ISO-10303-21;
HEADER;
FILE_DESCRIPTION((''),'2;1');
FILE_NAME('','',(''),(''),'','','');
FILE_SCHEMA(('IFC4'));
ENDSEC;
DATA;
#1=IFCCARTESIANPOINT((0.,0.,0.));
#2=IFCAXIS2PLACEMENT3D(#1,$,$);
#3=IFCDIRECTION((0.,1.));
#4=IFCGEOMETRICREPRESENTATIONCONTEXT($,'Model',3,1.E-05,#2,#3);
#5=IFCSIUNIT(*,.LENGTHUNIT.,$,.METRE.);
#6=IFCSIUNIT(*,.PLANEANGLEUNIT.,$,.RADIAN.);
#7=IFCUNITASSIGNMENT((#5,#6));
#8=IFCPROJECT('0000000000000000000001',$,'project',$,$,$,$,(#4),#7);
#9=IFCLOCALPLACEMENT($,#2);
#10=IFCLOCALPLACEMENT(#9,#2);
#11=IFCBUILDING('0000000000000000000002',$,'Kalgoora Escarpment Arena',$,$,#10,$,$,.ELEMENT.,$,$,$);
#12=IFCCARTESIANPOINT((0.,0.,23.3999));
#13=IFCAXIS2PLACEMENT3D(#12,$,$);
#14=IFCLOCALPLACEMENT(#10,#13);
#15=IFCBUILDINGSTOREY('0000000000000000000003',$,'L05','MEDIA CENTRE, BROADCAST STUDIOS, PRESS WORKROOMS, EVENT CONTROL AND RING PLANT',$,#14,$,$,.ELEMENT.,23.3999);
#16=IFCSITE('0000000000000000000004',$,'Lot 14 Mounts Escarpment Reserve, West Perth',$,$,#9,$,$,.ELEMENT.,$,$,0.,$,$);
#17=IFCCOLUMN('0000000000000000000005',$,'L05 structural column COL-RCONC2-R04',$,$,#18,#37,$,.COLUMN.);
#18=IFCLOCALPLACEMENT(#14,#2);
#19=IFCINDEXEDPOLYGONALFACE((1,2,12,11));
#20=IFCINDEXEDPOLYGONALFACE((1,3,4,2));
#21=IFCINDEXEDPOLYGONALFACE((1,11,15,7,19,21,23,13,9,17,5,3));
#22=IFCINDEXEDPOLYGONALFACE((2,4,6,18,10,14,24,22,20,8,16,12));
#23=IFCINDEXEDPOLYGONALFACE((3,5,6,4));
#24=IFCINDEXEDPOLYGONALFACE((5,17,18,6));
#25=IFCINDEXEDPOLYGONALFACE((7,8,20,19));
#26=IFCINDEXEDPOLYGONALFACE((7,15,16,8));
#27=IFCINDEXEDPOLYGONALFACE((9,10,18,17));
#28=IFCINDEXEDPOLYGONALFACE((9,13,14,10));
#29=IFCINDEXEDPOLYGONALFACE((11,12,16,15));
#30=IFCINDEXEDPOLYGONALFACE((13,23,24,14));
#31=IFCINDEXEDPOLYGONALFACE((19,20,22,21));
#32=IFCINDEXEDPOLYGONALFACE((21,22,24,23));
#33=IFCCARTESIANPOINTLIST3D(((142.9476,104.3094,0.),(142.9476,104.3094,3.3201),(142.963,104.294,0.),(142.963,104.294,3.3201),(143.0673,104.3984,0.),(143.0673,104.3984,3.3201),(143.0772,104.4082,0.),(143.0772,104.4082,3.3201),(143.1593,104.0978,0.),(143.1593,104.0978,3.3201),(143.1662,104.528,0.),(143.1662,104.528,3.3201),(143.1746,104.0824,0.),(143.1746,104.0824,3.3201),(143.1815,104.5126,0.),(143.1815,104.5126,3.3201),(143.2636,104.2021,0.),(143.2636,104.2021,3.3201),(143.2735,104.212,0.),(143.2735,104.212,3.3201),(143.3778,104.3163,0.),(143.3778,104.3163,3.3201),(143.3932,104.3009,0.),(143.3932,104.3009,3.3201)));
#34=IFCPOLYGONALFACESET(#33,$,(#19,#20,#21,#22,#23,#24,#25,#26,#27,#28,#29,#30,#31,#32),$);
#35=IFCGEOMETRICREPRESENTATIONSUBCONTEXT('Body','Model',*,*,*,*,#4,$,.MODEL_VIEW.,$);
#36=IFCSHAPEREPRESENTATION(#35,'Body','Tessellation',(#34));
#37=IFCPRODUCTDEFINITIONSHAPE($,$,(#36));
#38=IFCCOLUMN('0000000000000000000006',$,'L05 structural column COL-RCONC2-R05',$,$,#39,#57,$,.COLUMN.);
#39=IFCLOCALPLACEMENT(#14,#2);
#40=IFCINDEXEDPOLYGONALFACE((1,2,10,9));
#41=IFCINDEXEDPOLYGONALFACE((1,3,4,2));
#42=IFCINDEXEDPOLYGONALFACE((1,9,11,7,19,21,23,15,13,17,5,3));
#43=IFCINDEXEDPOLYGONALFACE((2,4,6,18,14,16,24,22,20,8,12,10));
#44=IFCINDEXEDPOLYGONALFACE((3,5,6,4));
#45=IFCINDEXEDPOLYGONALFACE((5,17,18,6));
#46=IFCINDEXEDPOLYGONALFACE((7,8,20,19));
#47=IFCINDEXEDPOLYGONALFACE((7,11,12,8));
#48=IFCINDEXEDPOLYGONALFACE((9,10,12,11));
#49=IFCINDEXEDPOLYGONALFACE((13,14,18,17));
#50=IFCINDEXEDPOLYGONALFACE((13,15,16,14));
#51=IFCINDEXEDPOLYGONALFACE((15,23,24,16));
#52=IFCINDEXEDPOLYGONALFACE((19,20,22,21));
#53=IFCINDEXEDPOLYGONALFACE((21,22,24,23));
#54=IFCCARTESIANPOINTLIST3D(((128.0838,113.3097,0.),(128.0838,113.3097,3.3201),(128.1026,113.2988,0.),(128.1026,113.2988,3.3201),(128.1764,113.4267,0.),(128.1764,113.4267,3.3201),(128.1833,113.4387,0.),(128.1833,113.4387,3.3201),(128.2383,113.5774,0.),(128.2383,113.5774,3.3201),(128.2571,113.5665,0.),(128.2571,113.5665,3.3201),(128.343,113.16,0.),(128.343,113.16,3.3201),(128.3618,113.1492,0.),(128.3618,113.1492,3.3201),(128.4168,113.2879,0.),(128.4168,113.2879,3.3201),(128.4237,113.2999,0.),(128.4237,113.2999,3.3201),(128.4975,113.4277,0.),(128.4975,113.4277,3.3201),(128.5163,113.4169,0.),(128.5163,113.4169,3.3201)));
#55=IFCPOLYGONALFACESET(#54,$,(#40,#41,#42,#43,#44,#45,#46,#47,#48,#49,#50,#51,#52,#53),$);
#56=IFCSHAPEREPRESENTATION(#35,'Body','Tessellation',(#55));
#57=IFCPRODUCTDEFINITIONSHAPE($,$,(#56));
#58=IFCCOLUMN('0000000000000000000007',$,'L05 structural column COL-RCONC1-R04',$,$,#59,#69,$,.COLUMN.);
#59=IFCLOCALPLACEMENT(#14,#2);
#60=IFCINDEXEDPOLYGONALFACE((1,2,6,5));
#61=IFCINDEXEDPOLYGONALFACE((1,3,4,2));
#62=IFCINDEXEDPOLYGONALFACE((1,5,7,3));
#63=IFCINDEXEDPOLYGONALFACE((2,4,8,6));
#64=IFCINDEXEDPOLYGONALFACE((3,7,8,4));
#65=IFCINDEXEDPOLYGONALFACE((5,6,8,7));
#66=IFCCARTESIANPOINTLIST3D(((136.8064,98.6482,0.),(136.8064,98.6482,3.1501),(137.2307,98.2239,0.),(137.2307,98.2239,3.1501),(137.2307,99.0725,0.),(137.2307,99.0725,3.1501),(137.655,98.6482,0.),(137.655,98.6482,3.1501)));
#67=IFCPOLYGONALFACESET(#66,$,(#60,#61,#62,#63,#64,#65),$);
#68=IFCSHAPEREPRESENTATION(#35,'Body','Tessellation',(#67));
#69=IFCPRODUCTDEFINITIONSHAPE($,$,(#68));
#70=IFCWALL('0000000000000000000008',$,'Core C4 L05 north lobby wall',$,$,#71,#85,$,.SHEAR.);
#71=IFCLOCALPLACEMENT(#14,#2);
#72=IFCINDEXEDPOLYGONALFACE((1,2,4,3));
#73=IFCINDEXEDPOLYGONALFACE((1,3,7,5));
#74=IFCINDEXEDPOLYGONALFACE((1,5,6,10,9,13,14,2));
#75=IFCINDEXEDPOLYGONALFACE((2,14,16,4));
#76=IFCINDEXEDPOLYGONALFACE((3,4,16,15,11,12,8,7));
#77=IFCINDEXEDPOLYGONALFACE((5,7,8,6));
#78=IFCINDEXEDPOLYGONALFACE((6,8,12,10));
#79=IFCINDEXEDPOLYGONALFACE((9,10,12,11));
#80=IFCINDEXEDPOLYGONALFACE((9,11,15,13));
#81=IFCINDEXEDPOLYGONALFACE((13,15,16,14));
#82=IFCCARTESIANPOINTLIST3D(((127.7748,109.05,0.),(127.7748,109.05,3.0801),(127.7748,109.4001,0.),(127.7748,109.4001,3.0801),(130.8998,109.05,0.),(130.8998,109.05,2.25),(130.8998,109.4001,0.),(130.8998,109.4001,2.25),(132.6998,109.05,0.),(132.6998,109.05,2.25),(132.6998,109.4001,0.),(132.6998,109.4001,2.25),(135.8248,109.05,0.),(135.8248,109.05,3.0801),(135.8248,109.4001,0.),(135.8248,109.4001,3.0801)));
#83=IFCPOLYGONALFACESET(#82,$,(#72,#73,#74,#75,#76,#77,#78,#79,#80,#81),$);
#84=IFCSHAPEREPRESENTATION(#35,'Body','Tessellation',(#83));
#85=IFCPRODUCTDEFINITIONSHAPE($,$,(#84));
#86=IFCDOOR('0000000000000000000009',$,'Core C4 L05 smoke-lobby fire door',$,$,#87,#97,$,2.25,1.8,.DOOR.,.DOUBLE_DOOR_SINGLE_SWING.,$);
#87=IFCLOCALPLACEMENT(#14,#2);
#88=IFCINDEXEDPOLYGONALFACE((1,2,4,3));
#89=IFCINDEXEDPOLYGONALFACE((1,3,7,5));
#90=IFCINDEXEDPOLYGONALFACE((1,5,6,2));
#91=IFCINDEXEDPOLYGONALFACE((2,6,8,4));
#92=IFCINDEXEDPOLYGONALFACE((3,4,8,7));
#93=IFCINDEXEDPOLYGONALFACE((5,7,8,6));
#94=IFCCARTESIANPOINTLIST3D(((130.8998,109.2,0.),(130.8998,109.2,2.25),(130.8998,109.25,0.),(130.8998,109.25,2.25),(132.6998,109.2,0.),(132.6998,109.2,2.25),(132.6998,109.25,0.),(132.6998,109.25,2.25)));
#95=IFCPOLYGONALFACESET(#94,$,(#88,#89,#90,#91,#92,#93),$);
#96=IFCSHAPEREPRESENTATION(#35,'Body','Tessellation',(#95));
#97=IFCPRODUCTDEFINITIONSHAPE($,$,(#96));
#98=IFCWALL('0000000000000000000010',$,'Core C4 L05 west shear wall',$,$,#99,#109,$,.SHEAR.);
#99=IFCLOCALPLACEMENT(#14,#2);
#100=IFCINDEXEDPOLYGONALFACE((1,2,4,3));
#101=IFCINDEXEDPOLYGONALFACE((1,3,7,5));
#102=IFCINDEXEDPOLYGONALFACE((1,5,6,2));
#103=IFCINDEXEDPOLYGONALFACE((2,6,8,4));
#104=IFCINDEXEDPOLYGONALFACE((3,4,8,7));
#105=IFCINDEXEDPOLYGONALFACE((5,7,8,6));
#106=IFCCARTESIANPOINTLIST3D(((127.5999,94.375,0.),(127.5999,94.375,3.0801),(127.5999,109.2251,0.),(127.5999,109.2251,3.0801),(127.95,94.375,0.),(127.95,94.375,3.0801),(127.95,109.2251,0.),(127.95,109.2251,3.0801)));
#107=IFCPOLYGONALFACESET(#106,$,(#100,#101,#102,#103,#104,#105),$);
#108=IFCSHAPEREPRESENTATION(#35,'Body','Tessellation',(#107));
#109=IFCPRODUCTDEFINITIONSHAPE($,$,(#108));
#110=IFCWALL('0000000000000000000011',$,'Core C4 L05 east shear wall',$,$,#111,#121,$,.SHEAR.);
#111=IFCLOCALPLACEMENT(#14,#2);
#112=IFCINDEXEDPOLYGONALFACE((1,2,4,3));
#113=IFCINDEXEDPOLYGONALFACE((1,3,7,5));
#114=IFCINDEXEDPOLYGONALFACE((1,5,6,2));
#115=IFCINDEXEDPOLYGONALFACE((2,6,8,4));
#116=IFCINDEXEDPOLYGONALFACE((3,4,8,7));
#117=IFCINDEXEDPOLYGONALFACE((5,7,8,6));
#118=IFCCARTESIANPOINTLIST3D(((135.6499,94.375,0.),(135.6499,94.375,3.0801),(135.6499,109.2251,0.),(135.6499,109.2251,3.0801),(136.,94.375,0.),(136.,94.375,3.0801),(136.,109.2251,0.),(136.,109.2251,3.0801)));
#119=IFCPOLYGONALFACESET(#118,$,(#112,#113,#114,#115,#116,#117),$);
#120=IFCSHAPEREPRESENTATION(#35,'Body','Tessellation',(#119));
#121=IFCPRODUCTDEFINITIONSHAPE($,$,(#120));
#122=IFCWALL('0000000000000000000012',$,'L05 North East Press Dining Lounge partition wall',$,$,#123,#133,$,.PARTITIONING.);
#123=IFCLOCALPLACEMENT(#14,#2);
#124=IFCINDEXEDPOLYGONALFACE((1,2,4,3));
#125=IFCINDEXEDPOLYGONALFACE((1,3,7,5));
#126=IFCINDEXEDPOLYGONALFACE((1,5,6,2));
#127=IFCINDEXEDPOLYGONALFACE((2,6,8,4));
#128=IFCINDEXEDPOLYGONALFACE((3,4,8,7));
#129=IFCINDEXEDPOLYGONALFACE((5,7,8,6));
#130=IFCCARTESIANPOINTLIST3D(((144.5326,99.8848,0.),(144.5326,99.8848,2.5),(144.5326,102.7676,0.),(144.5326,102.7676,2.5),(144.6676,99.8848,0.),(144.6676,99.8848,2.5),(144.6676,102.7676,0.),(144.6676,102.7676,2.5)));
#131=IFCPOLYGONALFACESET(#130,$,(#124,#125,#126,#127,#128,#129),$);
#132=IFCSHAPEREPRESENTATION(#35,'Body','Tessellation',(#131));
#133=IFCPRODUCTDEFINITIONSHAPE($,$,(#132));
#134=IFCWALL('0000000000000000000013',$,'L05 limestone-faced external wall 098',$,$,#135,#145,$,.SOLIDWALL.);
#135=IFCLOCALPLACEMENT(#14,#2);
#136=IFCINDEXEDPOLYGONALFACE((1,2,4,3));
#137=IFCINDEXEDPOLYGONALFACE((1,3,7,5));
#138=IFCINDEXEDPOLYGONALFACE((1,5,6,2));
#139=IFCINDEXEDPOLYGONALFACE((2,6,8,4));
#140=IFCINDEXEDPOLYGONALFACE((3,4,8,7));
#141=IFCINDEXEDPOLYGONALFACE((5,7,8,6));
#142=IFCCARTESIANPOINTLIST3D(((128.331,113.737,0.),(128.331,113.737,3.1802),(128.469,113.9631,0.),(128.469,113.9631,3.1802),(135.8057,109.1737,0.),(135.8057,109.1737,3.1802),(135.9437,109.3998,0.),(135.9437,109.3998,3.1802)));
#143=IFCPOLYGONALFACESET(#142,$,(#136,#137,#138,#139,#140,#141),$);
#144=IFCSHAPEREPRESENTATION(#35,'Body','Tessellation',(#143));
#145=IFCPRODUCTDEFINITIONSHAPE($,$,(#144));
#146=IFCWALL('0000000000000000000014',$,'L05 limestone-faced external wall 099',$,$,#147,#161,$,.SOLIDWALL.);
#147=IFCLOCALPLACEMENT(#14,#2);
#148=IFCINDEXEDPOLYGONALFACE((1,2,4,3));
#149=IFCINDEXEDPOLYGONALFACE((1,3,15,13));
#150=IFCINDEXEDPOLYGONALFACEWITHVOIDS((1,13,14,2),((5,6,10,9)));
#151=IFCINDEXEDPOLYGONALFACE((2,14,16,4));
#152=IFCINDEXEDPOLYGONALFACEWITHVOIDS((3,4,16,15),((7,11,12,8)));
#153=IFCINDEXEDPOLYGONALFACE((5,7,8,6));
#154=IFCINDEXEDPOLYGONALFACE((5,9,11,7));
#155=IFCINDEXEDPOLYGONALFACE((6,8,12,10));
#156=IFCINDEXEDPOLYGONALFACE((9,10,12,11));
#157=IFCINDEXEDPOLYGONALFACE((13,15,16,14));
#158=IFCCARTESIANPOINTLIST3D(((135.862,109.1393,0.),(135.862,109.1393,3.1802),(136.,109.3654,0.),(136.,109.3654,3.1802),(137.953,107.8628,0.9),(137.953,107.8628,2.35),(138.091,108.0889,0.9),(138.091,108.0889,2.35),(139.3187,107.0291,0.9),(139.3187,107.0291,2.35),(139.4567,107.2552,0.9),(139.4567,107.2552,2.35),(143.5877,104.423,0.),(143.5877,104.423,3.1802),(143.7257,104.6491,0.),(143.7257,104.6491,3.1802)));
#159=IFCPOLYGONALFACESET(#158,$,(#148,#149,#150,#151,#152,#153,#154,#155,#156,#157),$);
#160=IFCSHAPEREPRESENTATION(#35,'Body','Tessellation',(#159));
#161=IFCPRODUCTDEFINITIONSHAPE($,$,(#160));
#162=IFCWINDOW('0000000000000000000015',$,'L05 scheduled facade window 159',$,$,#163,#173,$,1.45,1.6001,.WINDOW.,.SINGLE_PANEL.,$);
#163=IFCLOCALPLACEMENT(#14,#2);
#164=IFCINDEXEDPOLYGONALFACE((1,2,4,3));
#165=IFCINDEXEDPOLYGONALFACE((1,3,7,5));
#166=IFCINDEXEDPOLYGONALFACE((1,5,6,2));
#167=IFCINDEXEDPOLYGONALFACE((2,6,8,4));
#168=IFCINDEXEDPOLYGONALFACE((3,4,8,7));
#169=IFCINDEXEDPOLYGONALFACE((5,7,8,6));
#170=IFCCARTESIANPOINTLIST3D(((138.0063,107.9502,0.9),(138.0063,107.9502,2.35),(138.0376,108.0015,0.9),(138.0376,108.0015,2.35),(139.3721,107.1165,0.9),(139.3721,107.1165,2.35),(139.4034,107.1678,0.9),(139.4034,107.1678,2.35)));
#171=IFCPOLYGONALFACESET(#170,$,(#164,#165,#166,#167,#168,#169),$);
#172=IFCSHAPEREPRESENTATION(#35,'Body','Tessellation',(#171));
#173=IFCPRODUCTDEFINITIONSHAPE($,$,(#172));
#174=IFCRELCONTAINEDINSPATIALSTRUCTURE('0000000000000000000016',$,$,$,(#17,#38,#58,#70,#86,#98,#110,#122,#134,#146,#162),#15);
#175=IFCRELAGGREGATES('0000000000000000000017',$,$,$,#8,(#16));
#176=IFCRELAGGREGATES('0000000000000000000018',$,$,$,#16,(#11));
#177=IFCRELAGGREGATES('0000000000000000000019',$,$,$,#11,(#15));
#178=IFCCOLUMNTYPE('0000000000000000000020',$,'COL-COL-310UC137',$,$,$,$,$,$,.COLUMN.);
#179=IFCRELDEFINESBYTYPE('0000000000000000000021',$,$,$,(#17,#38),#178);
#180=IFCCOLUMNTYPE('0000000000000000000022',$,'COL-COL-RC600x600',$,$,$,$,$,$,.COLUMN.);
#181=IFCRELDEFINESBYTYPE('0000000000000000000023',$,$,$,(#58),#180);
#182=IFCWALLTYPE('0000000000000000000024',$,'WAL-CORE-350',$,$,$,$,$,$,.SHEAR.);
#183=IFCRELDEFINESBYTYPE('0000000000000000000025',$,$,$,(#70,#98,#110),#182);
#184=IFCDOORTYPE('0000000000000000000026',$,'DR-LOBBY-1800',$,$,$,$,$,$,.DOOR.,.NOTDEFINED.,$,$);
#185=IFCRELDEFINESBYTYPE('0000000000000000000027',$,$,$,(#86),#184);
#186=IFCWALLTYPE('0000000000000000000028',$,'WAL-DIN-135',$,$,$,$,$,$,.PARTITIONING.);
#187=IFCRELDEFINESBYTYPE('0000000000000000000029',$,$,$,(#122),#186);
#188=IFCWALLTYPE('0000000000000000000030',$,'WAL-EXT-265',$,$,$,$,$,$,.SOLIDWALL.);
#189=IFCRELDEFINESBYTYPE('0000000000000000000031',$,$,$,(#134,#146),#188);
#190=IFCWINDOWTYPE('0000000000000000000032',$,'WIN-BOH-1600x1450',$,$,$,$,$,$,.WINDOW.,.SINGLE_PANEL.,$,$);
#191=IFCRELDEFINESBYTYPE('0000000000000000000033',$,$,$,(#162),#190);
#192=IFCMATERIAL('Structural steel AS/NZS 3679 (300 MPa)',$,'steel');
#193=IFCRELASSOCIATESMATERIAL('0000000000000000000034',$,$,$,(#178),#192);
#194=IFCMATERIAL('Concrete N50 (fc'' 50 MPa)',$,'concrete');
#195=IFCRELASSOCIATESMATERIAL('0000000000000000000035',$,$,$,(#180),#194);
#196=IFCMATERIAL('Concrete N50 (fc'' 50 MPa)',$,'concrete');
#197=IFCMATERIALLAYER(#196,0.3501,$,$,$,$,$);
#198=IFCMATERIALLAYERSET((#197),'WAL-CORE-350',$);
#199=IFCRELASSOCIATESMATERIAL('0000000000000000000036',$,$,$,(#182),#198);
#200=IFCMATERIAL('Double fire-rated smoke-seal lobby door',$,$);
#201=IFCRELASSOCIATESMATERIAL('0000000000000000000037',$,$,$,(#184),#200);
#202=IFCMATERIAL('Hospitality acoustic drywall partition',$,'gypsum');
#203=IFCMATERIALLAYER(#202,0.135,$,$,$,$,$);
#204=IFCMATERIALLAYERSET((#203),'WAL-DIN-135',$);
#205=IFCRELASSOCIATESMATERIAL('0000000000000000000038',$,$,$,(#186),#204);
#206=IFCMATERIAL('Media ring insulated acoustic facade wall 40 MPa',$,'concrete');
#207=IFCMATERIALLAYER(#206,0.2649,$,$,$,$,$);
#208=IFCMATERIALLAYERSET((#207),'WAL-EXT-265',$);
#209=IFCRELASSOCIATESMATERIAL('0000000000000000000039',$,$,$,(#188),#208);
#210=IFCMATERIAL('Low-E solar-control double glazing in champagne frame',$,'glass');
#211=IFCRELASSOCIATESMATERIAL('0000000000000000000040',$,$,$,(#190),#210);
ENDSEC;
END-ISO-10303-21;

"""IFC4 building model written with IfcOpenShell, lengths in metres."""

from ifc_helpers import new_model, si_unit, direction, frame, frame_2d, origin, origin_2d, place, context, subcontext, project, spatial, rectangle, i_section, extrude, material, layer, layer_set, material_profile, profile_set, type_object, element, fill, save


model = new_model("IFC4")

# Units and contexts
model_context = context("Model", 3, precision=1e-05, world=origin(), true_north=direction((0.0, 1.0)))
body_context = subcontext(model_context, "Body", "Model", "MODEL_VIEW")
ifc_project = project(units=[si_unit("LENGTHUNIT", "METRE"), si_unit("PLANEANGLEUNIT", "RADIAN")], contexts=[model_context])

# Site, building, storey
site_placement = place(None, origin())
site = spatial("IfcSite", under=ifc_project, at=site_placement, Name="Lot 14 Mounts Escarpment Reserve, West Perth", CompositionType="ELEMENT", RefElevation=0.0)
building_placement = place(site_placement, origin())
building = spatial("IfcBuilding", under=site, at=building_placement, Name="Kalgoora Escarpment Arena", CompositionType="ELEMENT")
storey_placement = place(building_placement, frame((0.0, 0.0, 23.3999)))
storey = spatial("IfcBuildingStorey", under=building, at=storey_placement, Name="L05", Description="MEDIA CENTRE, BROADCAST STUDIOS, PRESS WORKROOMS, EVENT CONTROL AND RING PLANT", CompositionType="ELEMENT", Elevation=23.3999)

# Columns
ifc_material_1 = material(Name="Structural steel AS/NZS 3679 (300 MPa)", Category="steel")
ifc_material_profile_1 = material_profile(ifc_material_1, i_section(OverallWidth=0.3091, OverallDepth=0.321, WebThickness=0.0139, FlangeThickness=0.0217, at=origin_2d()))
ifc_profile_set_1 = profile_set([ifc_material_profile_1], Name="Structural steel AS/NZS 3679 (300 MPa)")
column_type_1 = type_object("IfcColumnType", Name="COL-COL-310UC137", PredefinedType="COLUMN", material=ifc_profile_set_1)
for number, where, z_axis, x_axis, name in (
    (1, (143.1704, 104.3052, 0.0), (0.0, 0.0, 1.0), (0.707107, 0.707107, 0.0), "L05 structural column COL-RCONC2-R04"),
    (2, (128.3, 113.3633, 0.0), (0.0, 0.0, 1.0), (0.5, 0.866025, 0.0), "L05 structural column COL-RCONC2-R05"),
):
    element("IfcColumn", number, at=place(storey_placement, frame(where, z_axis=z_axis, x_axis=x_axis)), inside=storey, type_object=column_type_1, Name=name, PredefinedType="COLUMN", context=body_context, shape_type="SweptSolid", body=[
        extrude(i_section(OverallWidth=0.3091, OverallDepth=0.321, WebThickness=0.0139, FlangeThickness=0.0217, at=origin_2d()), origin(), (0.0, 0.0, 1.0), 3.3201),
    ])
ifc_material_2 = material(Name="Concrete N50 (fc' 50 MPa)", Category="concrete")
ifc_material_profile_2 = material_profile(ifc_material_2, rectangle(XDim=0.6001, YDim=0.6001, at=origin_2d()))
ifc_profile_set_2 = profile_set([ifc_material_profile_2], Name="Concrete N50 (fc' 50 MPa)")
column_type_2 = type_object("IfcColumnType", Name="COL-COL-RC600x600", PredefinedType="COLUMN", material=ifc_profile_set_2)
column_placement = place(storey_placement, frame((137.2307, 98.6482, 0.0), z_axis=(0.0, 0.0, 1.0), x_axis=(0.707107, 0.707107, 0.0)))
element("IfcColumn", 3, at=column_placement, inside=storey, type_object=column_type_2, Name="L05 structural column COL-RCONC1-R04", PredefinedType="COLUMN", context=body_context, shape_type="SweptSolid", body=[
    extrude(rectangle(XDim=0.6001, YDim=0.6001, at=origin_2d()), origin(), (0.0, 0.0, 1.0), 3.1501),
])

# Wall, opening, door
ifc_material_3 = material(Name="Concrete N50 (fc' 50 MPa)", Category="concrete")
ifc_layer_1 = layer(ifc_material_3, 0.3501)
ifc_layer_set_1 = layer_set([ifc_layer_1], Name="WAL-CORE-350")
wall_type_1 = type_object("IfcWallType", Name="WAL-CORE-350", PredefinedType="SHEAR", material=ifc_layer_set_1)
wall_1_placement = place(storey_placement, frame((127.7749, 109.2251, 0.0), z_axis=(0.0, 0.0, 1.0), x_axis=(1.0, 0.0, 0.0)))
wall_1 = element("IfcWall", 4, at=wall_1_placement, inside=storey, type_object=wall_type_1, Name="Core C4 L05 north lobby wall", PredefinedType="SHEAR", context=body_context, shape_type="SweptSolid", body=[
    extrude(rectangle(XDim=8.05, YDim=0.3501, at=frame_2d((4.0249, 0.0))), origin(), (0.0, 0.0, 1.0), 3.0801),
])
opening_1_placement = place(wall_1_placement, frame((3.125, 0.0, 0.0)))
opening_1 = element("IfcOpeningElement", 5, at=opening_1_placement, cuts=wall_1, PredefinedType="OPENING", context=body_context, shape_type="SweptSolid", body=[
    extrude(rectangle(XDim=1.8, YDim=2.25, at=frame_2d((0.8999, 1.125))), frame((0.0, 0.1851, 0.0), z_axis=(0.0, -1.0, 0.0), x_axis=(1.0, 0.0, 0.0)), (0.0, 0.0, 1.0), 0.3701),
])
ifc_material_4 = material(Name="Double fire-rated smoke-seal lobby door")
door_type_1 = type_object("IfcDoorType", Name="DR-LOBBY-1800", OperationType="NOTDEFINED", PredefinedType="DOOR", material=ifc_material_4)
door_1_placement = place(opening_1_placement, origin())
door_1 = element("IfcDoor", 6, at=door_1_placement, inside=storey, type_object=door_type_1, Name="Core C4 L05 smoke-lobby fire door", OperationType="DOUBLE_DOOR_SINGLE_SWING", OverallHeight=2.25, OverallWidth=1.8, PredefinedType="DOOR", context=body_context, shape_type="SweptSolid", body=[
    extrude(rectangle(XDim=1.8, YDim=2.25, at=frame_2d((0.8999, 1.125))), frame((0.0, 0.0249, 0.0), z_axis=(0.0, -1.0, 0.0), x_axis=(1.0, 0.0, 0.0)), (0.0, 0.0, 1.0), 0.05),
])
fill(opening_1, door_1)

# Walls
for number, where, z_axis, x_axis, name in (
    (7, (127.7749, 94.375, 0.0), (0.0, 0.0, 1.0), (0.0, 1.0, 0.0), "Core C4 L05 west shear wall"),
    (8, (135.825, 94.375, 0.0), (0.0, 0.0, 1.0), (0.0, 1.0, 0.0), "Core C4 L05 east shear wall"),
):
    element("IfcWall", number, at=place(storey_placement, frame(where, z_axis=z_axis, x_axis=x_axis)), inside=storey, type_object=wall_type_1, Name=name, PredefinedType="SHEAR", context=body_context, shape_type="SweptSolid", body=[
        extrude(rectangle(XDim=14.8501, YDim=0.3501, at=frame_2d((7.425, 0.0))), origin(), (0.0, 0.0, 1.0), 3.0801),
    ])

# Shared definitions
ifc_material_5 = material(Name="Hospitality acoustic drywall partition", Category="gypsum")
ifc_layer_2 = layer(ifc_material_5, 0.135)
ifc_layer_set_2 = layer_set([ifc_layer_2], Name="WAL-DIN-135")
wall_type_2 = type_object("IfcWallType", Name="WAL-DIN-135", PredefinedType="PARTITIONING", material=ifc_layer_set_2)

# Walls
wall_2_placement = place(storey_placement, frame((144.6001, 99.8848, 0.0), z_axis=(0.0, 0.0, 1.0), x_axis=(0.0, 1.0, 0.0)))
element("IfcWall", 9, at=wall_2_placement, inside=storey, type_object=wall_type_2, Name="L05 North East Press Dining Lounge partition wall", PredefinedType="PARTITIONING", context=body_context, shape_type="SweptSolid", body=[
    extrude(rectangle(XDim=2.8828, YDim=0.135, at=frame_2d((1.4414, 0.0))), origin(), (0.0, 0.0, 1.0), 2.5),
])
ifc_material_6 = material(Name="Media ring insulated acoustic facade wall 40 MPa", Category="concrete")
ifc_layer_3 = layer(ifc_material_6, 0.2649)
ifc_layer_set_3 = layer_set([ifc_layer_3], Name="WAL-EXT-265")
wall_type_3 = type_object("IfcWallType", Name="WAL-EXT-265", PredefinedType="SOLIDWALL", material=ifc_layer_set_3)
wall_3_placement = place(storey_placement, frame((128.3999, 113.8501, 0.0), z_axis=(0.0, 0.0, 1.0), x_axis=(0.853515, -0.521069, 0.0)))
element("IfcWall", 10, at=wall_3_placement, inside=storey, type_object=wall_type_3, Name="L05 limestone-faced external wall 098", PredefinedType="SOLIDWALL", context=body_context, shape_type="SweptSolid", body=[
    extrude(rectangle(XDim=8.7576, YDim=0.2649, at=frame_2d((4.3789, 0.0))), origin(), (0.0, 0.0, 1.0), 3.1802),
])

# Wall, opening, window
wall_4_placement = place(storey_placement, frame((135.9309, 109.2524, 0.0), z_axis=(0.0, 0.0, 1.0), x_axis=(0.853522, -0.521057, 0.0)))
wall_4 = element("IfcWall", 11, at=wall_4_placement, inside=storey, type_object=wall_type_3, Name="L05 limestone-faced external wall 099", PredefinedType="SOLIDWALL", context=body_context, shape_type="SweptSolid", body=[
    extrude(rectangle(XDim=9.0515, YDim=0.2649, at=frame_2d((4.5259, 0.0))), origin(), (0.0, 0.0, 1.0), 3.1802),
])
opening_2_placement = place(wall_4_placement, frame((2.45, 0.0, 0.8999)))
opening_2 = element("IfcOpeningElement", 12, at=opening_2_placement, cuts=wall_4, PredefinedType="OPENING", context=body_context, shape_type="SweptSolid", body=[
    extrude(rectangle(XDim=1.6001, YDim=1.45, at=frame_2d((0.8, 0.7251))), frame((0.0, 0.1423, 0.0), z_axis=(0.0, -1.0, 0.0), x_axis=(1.0, 0.0, 0.0)), (0.0, 0.0, 1.0), 0.2849),
])
ifc_material_7 = material(Name="Low-E solar-control double glazing in champagne frame", Category="glass")
window_type_1 = type_object("IfcWindowType", Name="WIN-BOH-1600x1450", PartitioningType="SINGLE_PANEL", PredefinedType="WINDOW", material=ifc_material_7)
window_1_placement = place(opening_2_placement, origin())
window_1 = element("IfcWindow", 13, at=window_1_placement, inside=storey, type_object=window_type_1, Name="L05 scheduled facade window 159", OverallHeight=1.45, OverallWidth=1.6001, PartitioningType="SINGLE_PANEL", PredefinedType="WINDOW", context=body_context, shape_type="SweptSolid", body=[
    extrude(rectangle(XDim=1.6001, YDim=1.45, at=frame_2d((0.8, 0.7251))), frame((0.0, 0.03, 0.0), z_axis=(0.0, -1.0, 0.0), x_axis=(1.0, 0.0, 0.0)), (0.0, 0.0, 1.0), 0.0601),
])
fill(opening_2, window_1)

save(model, "model.ifc")
